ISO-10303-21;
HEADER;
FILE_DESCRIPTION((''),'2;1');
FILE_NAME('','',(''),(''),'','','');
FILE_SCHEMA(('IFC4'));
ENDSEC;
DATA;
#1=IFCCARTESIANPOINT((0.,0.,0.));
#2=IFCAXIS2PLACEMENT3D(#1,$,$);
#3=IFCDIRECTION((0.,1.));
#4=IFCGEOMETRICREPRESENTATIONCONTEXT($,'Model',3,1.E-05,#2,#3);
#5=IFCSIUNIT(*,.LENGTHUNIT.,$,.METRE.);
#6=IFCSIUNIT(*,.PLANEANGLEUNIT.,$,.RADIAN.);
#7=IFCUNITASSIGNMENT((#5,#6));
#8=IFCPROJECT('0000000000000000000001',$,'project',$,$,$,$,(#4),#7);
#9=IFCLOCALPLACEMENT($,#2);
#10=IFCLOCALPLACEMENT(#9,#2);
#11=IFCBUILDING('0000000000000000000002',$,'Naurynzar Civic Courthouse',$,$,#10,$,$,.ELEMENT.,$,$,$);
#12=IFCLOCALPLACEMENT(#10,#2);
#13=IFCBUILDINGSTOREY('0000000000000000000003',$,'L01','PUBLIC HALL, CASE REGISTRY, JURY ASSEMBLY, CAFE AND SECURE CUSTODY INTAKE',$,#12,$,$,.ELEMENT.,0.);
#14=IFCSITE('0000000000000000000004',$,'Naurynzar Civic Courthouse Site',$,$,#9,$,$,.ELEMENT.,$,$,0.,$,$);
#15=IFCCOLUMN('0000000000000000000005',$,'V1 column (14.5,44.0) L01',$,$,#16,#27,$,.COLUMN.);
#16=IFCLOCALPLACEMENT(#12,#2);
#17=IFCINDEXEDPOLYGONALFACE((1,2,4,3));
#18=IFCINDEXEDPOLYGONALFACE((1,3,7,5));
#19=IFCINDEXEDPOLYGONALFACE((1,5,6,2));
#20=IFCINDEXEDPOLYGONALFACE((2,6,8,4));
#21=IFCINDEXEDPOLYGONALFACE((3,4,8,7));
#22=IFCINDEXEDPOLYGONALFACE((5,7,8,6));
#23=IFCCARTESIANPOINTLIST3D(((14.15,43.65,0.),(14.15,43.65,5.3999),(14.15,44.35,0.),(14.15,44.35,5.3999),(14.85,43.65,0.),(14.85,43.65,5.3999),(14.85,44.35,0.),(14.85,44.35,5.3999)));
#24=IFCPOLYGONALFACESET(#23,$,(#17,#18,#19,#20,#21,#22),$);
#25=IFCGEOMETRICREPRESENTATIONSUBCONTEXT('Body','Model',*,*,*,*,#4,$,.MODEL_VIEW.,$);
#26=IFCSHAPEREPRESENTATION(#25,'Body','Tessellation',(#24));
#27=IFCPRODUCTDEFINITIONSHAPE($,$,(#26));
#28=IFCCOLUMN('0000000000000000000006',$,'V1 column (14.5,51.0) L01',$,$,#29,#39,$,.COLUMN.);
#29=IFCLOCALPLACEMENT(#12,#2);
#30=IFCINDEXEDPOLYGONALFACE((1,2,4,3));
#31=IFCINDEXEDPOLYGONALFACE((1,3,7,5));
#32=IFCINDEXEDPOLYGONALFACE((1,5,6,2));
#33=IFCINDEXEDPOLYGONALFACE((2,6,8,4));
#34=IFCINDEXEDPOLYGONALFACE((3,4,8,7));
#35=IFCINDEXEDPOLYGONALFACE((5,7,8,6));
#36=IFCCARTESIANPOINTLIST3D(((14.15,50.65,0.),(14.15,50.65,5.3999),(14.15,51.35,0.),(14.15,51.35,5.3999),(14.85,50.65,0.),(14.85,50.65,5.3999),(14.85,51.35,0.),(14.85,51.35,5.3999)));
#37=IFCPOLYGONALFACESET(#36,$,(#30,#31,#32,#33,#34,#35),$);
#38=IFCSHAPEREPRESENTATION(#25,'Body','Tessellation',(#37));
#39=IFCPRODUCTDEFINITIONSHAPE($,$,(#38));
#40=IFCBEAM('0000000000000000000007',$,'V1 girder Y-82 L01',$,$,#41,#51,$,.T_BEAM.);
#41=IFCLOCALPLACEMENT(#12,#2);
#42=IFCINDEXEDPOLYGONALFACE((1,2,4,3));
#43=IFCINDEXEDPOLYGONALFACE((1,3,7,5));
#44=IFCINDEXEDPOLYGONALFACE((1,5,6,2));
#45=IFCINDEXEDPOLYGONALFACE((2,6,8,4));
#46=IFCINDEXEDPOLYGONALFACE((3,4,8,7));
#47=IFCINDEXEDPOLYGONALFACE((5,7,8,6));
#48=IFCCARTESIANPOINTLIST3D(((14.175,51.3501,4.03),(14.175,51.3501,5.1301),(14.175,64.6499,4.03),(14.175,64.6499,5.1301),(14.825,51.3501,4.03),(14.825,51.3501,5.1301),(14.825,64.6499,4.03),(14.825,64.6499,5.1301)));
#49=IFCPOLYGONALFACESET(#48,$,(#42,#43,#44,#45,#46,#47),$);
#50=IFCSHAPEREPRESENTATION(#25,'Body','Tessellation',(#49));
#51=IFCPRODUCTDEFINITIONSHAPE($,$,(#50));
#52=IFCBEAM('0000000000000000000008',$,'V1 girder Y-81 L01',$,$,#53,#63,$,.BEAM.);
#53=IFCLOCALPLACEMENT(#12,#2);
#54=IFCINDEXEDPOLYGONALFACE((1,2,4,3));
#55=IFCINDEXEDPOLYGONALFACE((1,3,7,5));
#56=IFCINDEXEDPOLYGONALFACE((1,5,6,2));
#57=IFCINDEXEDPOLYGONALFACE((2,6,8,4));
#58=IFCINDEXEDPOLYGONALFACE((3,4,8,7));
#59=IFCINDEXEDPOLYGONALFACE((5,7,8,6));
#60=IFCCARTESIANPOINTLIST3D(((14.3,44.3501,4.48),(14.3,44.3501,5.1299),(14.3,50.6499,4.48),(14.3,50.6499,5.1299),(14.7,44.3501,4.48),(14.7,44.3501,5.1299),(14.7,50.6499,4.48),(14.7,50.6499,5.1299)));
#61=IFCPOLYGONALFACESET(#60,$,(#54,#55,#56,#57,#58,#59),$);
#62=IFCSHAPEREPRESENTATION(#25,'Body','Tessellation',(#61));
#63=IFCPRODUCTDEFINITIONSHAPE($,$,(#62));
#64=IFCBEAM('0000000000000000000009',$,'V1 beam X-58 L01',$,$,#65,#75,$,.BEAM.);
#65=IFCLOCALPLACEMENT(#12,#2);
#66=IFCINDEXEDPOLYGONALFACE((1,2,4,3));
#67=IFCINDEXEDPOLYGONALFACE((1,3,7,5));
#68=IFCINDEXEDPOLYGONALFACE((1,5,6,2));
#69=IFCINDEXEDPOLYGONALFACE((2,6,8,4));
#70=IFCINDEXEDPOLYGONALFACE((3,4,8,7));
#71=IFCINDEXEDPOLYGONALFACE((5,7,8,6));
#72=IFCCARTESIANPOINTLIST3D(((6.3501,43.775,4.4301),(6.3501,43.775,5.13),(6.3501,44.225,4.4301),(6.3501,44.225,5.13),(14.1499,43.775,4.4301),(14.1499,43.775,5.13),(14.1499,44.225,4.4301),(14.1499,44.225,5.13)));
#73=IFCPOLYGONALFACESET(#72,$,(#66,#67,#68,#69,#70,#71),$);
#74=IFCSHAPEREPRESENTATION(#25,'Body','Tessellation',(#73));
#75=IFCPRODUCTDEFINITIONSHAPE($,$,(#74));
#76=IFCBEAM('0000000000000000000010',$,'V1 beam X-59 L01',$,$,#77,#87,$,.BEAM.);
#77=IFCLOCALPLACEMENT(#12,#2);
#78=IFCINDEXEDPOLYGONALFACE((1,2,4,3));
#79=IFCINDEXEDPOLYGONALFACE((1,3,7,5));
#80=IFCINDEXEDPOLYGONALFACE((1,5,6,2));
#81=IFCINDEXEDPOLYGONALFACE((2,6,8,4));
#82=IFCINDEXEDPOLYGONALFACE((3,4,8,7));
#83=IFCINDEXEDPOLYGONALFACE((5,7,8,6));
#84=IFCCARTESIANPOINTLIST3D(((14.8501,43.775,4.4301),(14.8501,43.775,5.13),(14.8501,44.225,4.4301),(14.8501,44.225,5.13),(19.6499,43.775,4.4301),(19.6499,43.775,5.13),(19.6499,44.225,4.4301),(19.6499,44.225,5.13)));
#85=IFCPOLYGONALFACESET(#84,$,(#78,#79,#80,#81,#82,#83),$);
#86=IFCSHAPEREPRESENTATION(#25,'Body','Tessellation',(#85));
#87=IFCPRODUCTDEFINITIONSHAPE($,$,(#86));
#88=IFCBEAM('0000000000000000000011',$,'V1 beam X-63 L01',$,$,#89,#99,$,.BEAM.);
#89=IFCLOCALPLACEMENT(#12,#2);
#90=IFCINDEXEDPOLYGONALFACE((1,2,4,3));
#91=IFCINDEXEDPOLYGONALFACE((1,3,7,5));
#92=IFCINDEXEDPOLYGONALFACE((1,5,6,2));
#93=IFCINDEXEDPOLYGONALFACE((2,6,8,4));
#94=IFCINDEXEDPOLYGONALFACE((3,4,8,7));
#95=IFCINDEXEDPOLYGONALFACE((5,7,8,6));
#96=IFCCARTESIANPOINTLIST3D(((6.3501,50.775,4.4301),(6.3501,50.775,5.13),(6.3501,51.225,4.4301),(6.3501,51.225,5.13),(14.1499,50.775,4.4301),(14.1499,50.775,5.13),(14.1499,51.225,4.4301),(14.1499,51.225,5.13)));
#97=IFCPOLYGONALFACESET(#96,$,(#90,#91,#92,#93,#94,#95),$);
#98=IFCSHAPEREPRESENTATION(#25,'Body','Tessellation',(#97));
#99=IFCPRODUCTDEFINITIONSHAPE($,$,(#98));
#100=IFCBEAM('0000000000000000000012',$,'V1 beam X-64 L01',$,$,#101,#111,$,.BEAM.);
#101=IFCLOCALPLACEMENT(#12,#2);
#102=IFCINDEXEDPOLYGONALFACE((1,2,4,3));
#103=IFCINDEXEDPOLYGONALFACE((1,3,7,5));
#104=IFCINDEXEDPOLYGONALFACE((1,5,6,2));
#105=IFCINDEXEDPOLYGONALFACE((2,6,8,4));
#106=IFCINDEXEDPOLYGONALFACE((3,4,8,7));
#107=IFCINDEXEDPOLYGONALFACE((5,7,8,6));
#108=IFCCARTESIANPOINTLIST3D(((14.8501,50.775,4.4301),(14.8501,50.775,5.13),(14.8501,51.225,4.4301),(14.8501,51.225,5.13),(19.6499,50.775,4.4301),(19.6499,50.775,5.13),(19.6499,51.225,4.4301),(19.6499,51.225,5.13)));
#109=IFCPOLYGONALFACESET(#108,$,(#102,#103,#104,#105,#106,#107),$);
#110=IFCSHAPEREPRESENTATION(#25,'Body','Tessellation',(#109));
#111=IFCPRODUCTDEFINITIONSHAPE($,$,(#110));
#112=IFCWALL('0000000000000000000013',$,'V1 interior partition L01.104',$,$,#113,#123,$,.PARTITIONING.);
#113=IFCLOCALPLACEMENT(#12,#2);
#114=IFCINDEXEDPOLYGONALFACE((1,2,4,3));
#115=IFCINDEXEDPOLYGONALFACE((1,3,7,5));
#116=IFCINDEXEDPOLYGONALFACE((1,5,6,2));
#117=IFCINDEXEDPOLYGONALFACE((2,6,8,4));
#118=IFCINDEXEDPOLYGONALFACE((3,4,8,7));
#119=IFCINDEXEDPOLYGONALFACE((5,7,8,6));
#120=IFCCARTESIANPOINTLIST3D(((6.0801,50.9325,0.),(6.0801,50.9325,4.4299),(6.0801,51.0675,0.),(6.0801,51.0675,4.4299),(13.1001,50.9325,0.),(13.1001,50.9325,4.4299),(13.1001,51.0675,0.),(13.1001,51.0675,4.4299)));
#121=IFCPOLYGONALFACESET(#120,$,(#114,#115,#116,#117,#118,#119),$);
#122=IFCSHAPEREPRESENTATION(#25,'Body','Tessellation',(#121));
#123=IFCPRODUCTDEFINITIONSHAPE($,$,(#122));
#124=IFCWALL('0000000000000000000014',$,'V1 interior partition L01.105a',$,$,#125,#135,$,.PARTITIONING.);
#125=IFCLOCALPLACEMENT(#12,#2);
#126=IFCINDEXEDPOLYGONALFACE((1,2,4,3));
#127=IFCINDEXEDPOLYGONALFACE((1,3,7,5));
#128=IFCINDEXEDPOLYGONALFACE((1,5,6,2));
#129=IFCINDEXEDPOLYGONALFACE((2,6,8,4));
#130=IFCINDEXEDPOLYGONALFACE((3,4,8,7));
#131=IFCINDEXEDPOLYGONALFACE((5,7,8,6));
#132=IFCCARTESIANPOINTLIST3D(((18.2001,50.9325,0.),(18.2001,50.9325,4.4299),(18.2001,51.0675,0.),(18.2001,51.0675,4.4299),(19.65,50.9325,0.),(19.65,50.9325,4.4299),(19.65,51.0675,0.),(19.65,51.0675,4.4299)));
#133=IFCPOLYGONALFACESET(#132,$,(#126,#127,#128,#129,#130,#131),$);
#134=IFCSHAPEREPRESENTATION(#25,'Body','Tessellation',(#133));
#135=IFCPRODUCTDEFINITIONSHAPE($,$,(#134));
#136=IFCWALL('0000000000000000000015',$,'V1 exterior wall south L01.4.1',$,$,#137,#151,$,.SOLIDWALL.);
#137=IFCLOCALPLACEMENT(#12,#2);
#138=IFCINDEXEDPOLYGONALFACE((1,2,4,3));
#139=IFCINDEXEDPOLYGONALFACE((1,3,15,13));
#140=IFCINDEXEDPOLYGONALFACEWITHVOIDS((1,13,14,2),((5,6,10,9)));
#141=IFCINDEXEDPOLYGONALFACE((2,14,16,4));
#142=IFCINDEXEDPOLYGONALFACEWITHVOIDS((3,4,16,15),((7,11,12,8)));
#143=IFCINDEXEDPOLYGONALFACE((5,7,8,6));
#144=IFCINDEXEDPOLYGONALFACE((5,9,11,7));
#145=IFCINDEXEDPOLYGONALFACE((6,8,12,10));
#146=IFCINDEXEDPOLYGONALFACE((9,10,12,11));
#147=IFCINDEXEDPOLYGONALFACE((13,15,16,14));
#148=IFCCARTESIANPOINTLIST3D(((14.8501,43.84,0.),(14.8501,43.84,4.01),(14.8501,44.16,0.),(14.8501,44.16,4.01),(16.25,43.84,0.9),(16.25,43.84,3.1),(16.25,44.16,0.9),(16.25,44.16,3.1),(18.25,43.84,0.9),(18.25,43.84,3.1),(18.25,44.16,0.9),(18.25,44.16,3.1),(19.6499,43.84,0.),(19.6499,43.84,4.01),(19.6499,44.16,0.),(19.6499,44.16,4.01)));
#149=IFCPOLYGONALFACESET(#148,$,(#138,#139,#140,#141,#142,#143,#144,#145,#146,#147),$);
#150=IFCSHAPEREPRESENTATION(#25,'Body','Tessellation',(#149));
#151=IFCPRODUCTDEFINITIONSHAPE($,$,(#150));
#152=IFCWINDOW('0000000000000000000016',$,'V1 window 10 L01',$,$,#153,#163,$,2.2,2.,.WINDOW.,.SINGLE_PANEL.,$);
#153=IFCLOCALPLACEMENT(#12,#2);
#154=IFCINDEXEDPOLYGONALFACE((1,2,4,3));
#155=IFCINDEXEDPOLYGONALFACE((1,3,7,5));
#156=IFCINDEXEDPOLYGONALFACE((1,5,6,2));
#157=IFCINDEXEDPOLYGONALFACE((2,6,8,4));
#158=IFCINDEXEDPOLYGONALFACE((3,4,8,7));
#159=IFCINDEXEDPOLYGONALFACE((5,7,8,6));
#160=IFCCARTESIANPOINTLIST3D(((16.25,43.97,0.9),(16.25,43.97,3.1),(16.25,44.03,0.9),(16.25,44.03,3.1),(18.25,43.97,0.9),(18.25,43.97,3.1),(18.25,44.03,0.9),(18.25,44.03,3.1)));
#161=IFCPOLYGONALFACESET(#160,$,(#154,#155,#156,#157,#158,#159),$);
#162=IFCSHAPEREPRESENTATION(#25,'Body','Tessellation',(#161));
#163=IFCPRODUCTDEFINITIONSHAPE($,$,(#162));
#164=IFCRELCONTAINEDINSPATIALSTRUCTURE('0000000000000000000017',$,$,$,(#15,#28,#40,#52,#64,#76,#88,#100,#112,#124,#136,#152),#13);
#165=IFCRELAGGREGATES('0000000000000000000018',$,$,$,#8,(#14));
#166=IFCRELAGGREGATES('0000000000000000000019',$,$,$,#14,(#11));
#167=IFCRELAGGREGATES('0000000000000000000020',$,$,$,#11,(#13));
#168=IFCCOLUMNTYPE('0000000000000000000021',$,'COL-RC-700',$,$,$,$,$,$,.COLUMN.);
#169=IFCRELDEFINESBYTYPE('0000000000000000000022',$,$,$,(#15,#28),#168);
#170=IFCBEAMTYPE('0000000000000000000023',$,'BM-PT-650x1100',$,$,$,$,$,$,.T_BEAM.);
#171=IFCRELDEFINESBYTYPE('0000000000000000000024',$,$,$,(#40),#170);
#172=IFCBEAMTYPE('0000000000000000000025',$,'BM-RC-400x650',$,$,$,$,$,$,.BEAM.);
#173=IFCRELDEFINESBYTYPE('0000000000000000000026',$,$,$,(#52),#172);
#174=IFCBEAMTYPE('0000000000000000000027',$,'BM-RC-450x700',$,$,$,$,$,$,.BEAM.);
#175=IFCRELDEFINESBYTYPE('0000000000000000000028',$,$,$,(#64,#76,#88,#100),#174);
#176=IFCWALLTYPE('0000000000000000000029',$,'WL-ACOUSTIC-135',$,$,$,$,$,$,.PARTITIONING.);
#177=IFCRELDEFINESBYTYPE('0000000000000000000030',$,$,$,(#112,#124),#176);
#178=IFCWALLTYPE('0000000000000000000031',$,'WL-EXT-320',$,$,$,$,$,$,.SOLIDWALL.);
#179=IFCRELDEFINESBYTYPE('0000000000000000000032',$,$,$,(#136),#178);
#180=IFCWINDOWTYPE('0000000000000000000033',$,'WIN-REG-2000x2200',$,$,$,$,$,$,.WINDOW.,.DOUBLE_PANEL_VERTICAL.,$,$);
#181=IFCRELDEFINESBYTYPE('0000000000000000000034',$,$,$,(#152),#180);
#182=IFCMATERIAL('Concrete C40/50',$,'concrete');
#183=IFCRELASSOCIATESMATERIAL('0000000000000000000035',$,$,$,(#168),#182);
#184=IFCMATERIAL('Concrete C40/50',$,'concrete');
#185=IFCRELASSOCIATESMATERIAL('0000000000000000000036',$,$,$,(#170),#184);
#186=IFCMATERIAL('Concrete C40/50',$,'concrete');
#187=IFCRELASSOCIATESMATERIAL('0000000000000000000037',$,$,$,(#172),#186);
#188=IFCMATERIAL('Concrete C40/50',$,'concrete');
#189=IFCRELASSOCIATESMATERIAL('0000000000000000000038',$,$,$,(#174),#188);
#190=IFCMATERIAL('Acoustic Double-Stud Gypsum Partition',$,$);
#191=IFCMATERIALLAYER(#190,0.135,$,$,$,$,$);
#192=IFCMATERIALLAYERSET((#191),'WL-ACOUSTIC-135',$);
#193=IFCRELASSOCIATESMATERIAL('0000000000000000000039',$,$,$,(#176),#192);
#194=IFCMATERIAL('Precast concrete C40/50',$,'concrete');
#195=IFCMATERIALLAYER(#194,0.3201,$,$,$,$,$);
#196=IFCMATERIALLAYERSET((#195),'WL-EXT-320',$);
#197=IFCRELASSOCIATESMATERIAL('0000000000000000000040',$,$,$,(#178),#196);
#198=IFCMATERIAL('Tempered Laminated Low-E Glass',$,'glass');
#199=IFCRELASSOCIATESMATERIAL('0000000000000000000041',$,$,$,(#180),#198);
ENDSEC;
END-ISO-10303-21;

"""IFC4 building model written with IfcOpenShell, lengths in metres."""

from ifc_helpers import new_model, si_unit, direction, frame, frame_2d, origin, origin_2d, place, context, subcontext, project, spatial, rectangle, extrude, material, layer, layer_set, material_profile, profile_set, type_object, element, fill, save


model = new_model("IFC4")

# Units and contexts
model_context = context("Model", 3, precision=1e-05, world=origin(), true_north=direction((0.0, 1.0)))
body_context = subcontext(model_context, "Body", "Model", "MODEL_VIEW")
ifc_project = project(units=[si_unit("LENGTHUNIT", "METRE"), si_unit("PLANEANGLEUNIT", "RADIAN")], contexts=[model_context])

# Site, building, storey
site_placement = place(None, origin())
site = spatial("IfcSite", under=ifc_project, at=site_placement, Name="Naurynzar Civic Courthouse Site", CompositionType="ELEMENT", RefElevation=0.0)
building_placement = place(site_placement, origin())
building = spatial("IfcBuilding", under=site, at=building_placement, Name="Naurynzar Civic Courthouse", CompositionType="ELEMENT")
storey_placement = place(building_placement, origin())
storey = spatial("IfcBuildingStorey", under=building, at=storey_placement, Name="L01", Description="PUBLIC HALL, CASE REGISTRY, JURY ASSEMBLY, CAFE AND SECURE CUSTODY INTAKE", CompositionType="ELEMENT", Elevation=0.0)

# Columns
ifc_material_1 = material(Name="Concrete C40/50", Category="concrete")
ifc_material_profile_1 = material_profile(ifc_material_1, rectangle(XDim=0.7, YDim=0.7, at=origin_2d()), Name="RC 700x700")
ifc_profile_set_1 = profile_set([ifc_material_profile_1], Name="Concrete C40/50")
column_type = type_object("IfcColumnType", Name="COL-RC-700", PredefinedType="COLUMN", material=ifc_profile_set_1)
for number, where, z_axis, x_axis, name in (
    (1, (14.5, 44.0, 0.0), (0.0, 0.0, 1.0), (1.0, 0.0, 0.0), "V1 column (14.5,44.0) L01"),
    (2, (14.5, 51.0, 0.0), (0.0, 0.0, 1.0), (1.0, 0.0, 0.0), "V1 column (14.5,51.0) L01"),
):
    element("IfcColumn", number, at=place(storey_placement, frame(where, z_axis=z_axis, x_axis=x_axis)), inside=storey, type_object=column_type, Name=name, PredefinedType="COLUMN", context=body_context, shape_type="SweptSolid", body=[
        extrude(rectangle(XDim=0.7, YDim=0.7, at=origin_2d()), origin(), (0.0, 0.0, 1.0), 5.3999),
    ])

# Beams
ifc_material_2 = material(Name="Concrete C40/50", Category="concrete")
ifc_material_profile_2 = material_profile(ifc_material_2, rectangle(XDim=0.6499, YDim=1.1001, at=origin_2d()), Name="PTB 650x1100")
ifc_profile_set_2 = profile_set([ifc_material_profile_2], Name="Concrete C40/50")
beam_type_1 = type_object("IfcBeamType", Name="BM-PT-650x1100", PredefinedType="T_BEAM", material=ifc_profile_set_2)
beam_1_placement = place(storey_placement, frame((14.5, 51.3501, 4.5801), z_axis=(0.0, 1.0, 0.0), x_axis=(-1.0, 0.0, 0.0)))
element("IfcBeam", 3, at=beam_1_placement, inside=storey, type_object=beam_type_1, Name="V1 girder Y-82 L01", PredefinedType="T_BEAM", context=body_context, shape_type="SweptSolid", body=[
    extrude(rectangle(XDim=0.6499, YDim=1.1001, at=origin_2d()), origin(), (0.0, 0.0, 1.0), 13.2998),
])
ifc_material_3 = material(Name="Concrete C40/50", Category="concrete")
ifc_material_profile_3 = material_profile(ifc_material_3, rectangle(XDim=0.3999, YDim=0.6499, at=origin_2d()), Name="RCB 400x650")
ifc_profile_set_3 = profile_set([ifc_material_profile_3], Name="Concrete C40/50")
beam_type_2 = type_object("IfcBeamType", Name="BM-RC-400x650", PredefinedType="BEAM", material=ifc_profile_set_3)
beam_2_placement = place(storey_placement, frame((14.5, 44.3501, 4.8049), z_axis=(0.0, 1.0, 0.0), x_axis=(-1.0, 0.0, 0.0)))
element("IfcBeam", 4, at=beam_2_placement, inside=storey, type_object=beam_type_2, Name="V1 girder Y-81 L01", PredefinedType="BEAM", context=body_context, shape_type="SweptSolid", body=[
    extrude(rectangle(XDim=0.3999, YDim=0.6499, at=origin_2d()), origin(), (0.0, 0.0, 1.0), 6.2998),
])
ifc_material_4 = material(Name="Concrete C40/50", Category="concrete")
ifc_material_profile_4 = material_profile(ifc_material_4, rectangle(XDim=0.45, YDim=0.7, at=origin_2d()), Name="RCB 450x700")
ifc_profile_set_4 = profile_set([ifc_material_profile_4], Name="Concrete C40/50")
beam_type_3 = type_object("IfcBeamType", Name="BM-RC-450x700", PredefinedType="BEAM", material=ifc_profile_set_4)
beam_3_placement = place(storey_placement, frame((6.3501, 44.0, 4.78), z_axis=(1.0, 0.0, 0.0), x_axis=(0.0, 1.0, 0.0)))
element("IfcBeam", 5, at=beam_3_placement, inside=storey, type_object=beam_type_3, Name="V1 beam X-58 L01", PredefinedType="BEAM", context=body_context, shape_type="SweptSolid", body=[
    extrude(rectangle(XDim=0.45, YDim=0.7, at=origin_2d()), origin(), (0.0, 0.0, 1.0), 7.7998),
])
beam_4_placement = place(storey_placement, frame((14.8501, 44.0, 4.78), z_axis=(1.0, 0.0, 0.0), x_axis=(0.0, 1.0, 0.0)))
element("IfcBeam", 6, at=beam_4_placement, inside=storey, type_object=beam_type_3, Name="V1 beam X-59 L01", PredefinedType="BEAM", context=body_context, shape_type="SweptSolid", body=[
    extrude(rectangle(XDim=0.45, YDim=0.7, at=origin_2d()), origin(), (0.0, 0.0, 1.0), 4.7998),
])
beam_5_placement = place(storey_placement, frame((6.3501, 51.0, 4.78), z_axis=(1.0, 0.0, 0.0), x_axis=(0.0, 1.0, 0.0)))
element("IfcBeam", 7, at=beam_5_placement, inside=storey, type_object=beam_type_3, Name="V1 beam X-63 L01", PredefinedType="BEAM", context=body_context, shape_type="SweptSolid", body=[
    extrude(rectangle(XDim=0.45, YDim=0.7, at=origin_2d()), origin(), (0.0, 0.0, 1.0), 7.7998),
])
beam_6_placement = place(storey_placement, frame((14.8501, 51.0, 4.78), z_axis=(1.0, 0.0, 0.0), x_axis=(0.0, 1.0, 0.0)))
element("IfcBeam", 8, at=beam_6_placement, inside=storey, type_object=beam_type_3, Name="V1 beam X-64 L01", PredefinedType="BEAM", context=body_context, shape_type="SweptSolid", body=[
    extrude(rectangle(XDim=0.45, YDim=0.7, at=origin_2d()), origin(), (0.0, 0.0, 1.0), 4.7998),
])

# Walls
ifc_material_5 = material(Name="Acoustic Double-Stud Gypsum Partition")
ifc_layer_1 = layer(ifc_material_5, 0.135)
ifc_layer_set_1 = layer_set([ifc_layer_1], Name="WL-ACOUSTIC-135")
wall_type_1 = type_object("IfcWallType", Name="WL-ACOUSTIC-135", PredefinedType="PARTITIONING", material=ifc_layer_set_1)
wall_1_placement = place(storey_placement, frame((6.0801, 51.0, 0.0), z_axis=(0.0, 0.0, 1.0), x_axis=(1.0, 0.0, 0.0)))
element("IfcWall", 9, at=wall_1_placement, inside=storey, type_object=wall_type_1, Name="V1 interior partition L01.104", PredefinedType="PARTITIONING", context=body_context, shape_type="SweptSolid", body=[
    extrude(rectangle(XDim=7.02, YDim=0.135, at=frame_2d((3.51, 0.0))), origin(), (0.0, 0.0, 1.0), 4.4299),
])
wall_2_placement = place(storey_placement, frame((18.2, 51.0, 0.0), z_axis=(0.0, 0.0, 1.0), x_axis=(1.0, 0.0, 0.0)))
element("IfcWall", 10, at=wall_2_placement, inside=storey, type_object=wall_type_1, Name="V1 interior partition L01.105a", PredefinedType="PARTITIONING", context=body_context, shape_type="SweptSolid", body=[
    extrude(rectangle(XDim=1.45, YDim=0.135, at=frame_2d((0.7251, 0.0))), origin(), (0.0, 0.0, 1.0), 4.4299),
])

# Wall, opening, window
ifc_material_6 = material(Name="Precast concrete C40/50", Category="concrete")
ifc_layer_2 = layer(ifc_material_6, 0.3201)
ifc_layer_set_2 = layer_set([ifc_layer_2], Name="WL-EXT-320")
wall_type_2 = type_object("IfcWallType", Name="WL-EXT-320", PredefinedType="SOLIDWALL", material=ifc_layer_set_2)
wall_3_placement = place(storey_placement, frame((19.6499, 44.0, 0.0), z_axis=(0.0, 0.0, 1.0), x_axis=(-1.0, 0.0, 0.0)))
wall_3 = element("IfcWall", 11, at=wall_3_placement, inside=storey, type_object=wall_type_2, Name="V1 exterior wall south L01.4.1", PredefinedType="SOLIDWALL", context=body_context, shape_type="SweptSolid", body=[
    extrude(rectangle(XDim=4.7998, YDim=0.3201, at=frame_2d((2.3999, 0.0))), origin(), (0.0, 0.0, 1.0), 4.01),
])
opening_1_placement = place(wall_3_placement, frame((1.3999, 0.0, 0.8999)))
opening_1 = element("IfcOpeningElement", 12, at=opening_1_placement, cuts=wall_3, PredefinedType="OPENING", context=body_context, shape_type="SweptSolid", body=[
    extrude(rectangle(XDim=2.0, YDim=2.2, at=frame_2d((1.0, 1.1001))), frame((0.0, 0.1699, 0.0), z_axis=(0.0, -1.0, 0.0), x_axis=(1.0, 0.0, 0.0)), (0.0, 0.0, 1.0), 0.3401),
])
ifc_material_7 = material(Name="Tempered Laminated Low-E Glass", Category="glass")
window_type = type_object("IfcWindowType", Name="WIN-REG-2000x2200", PartitioningType="DOUBLE_PANEL_VERTICAL", PredefinedType="WINDOW", material=ifc_material_7)
window_1_placement = place(opening_1_placement, origin())
window_1 = element("IfcWindow", 13, at=window_1_placement, inside=storey, type_object=window_type, Name="V1 window 10 L01", OverallHeight=2.2, OverallWidth=2.0, PartitioningType="SINGLE_PANEL", PredefinedType="WINDOW", context=body_context, shape_type="SweptSolid", body=[
    extrude(rectangle(XDim=2.0, YDim=2.2, at=frame_2d((1.0, 1.1001))), frame((0.0, 0.03, 0.0), z_axis=(0.0, -1.0, 0.0), x_axis=(1.0, 0.0, 0.0)), (0.0, 0.0, 1.0), 0.0601),
])
fill(opening_1, window_1)

save(model, "model.ifc")
